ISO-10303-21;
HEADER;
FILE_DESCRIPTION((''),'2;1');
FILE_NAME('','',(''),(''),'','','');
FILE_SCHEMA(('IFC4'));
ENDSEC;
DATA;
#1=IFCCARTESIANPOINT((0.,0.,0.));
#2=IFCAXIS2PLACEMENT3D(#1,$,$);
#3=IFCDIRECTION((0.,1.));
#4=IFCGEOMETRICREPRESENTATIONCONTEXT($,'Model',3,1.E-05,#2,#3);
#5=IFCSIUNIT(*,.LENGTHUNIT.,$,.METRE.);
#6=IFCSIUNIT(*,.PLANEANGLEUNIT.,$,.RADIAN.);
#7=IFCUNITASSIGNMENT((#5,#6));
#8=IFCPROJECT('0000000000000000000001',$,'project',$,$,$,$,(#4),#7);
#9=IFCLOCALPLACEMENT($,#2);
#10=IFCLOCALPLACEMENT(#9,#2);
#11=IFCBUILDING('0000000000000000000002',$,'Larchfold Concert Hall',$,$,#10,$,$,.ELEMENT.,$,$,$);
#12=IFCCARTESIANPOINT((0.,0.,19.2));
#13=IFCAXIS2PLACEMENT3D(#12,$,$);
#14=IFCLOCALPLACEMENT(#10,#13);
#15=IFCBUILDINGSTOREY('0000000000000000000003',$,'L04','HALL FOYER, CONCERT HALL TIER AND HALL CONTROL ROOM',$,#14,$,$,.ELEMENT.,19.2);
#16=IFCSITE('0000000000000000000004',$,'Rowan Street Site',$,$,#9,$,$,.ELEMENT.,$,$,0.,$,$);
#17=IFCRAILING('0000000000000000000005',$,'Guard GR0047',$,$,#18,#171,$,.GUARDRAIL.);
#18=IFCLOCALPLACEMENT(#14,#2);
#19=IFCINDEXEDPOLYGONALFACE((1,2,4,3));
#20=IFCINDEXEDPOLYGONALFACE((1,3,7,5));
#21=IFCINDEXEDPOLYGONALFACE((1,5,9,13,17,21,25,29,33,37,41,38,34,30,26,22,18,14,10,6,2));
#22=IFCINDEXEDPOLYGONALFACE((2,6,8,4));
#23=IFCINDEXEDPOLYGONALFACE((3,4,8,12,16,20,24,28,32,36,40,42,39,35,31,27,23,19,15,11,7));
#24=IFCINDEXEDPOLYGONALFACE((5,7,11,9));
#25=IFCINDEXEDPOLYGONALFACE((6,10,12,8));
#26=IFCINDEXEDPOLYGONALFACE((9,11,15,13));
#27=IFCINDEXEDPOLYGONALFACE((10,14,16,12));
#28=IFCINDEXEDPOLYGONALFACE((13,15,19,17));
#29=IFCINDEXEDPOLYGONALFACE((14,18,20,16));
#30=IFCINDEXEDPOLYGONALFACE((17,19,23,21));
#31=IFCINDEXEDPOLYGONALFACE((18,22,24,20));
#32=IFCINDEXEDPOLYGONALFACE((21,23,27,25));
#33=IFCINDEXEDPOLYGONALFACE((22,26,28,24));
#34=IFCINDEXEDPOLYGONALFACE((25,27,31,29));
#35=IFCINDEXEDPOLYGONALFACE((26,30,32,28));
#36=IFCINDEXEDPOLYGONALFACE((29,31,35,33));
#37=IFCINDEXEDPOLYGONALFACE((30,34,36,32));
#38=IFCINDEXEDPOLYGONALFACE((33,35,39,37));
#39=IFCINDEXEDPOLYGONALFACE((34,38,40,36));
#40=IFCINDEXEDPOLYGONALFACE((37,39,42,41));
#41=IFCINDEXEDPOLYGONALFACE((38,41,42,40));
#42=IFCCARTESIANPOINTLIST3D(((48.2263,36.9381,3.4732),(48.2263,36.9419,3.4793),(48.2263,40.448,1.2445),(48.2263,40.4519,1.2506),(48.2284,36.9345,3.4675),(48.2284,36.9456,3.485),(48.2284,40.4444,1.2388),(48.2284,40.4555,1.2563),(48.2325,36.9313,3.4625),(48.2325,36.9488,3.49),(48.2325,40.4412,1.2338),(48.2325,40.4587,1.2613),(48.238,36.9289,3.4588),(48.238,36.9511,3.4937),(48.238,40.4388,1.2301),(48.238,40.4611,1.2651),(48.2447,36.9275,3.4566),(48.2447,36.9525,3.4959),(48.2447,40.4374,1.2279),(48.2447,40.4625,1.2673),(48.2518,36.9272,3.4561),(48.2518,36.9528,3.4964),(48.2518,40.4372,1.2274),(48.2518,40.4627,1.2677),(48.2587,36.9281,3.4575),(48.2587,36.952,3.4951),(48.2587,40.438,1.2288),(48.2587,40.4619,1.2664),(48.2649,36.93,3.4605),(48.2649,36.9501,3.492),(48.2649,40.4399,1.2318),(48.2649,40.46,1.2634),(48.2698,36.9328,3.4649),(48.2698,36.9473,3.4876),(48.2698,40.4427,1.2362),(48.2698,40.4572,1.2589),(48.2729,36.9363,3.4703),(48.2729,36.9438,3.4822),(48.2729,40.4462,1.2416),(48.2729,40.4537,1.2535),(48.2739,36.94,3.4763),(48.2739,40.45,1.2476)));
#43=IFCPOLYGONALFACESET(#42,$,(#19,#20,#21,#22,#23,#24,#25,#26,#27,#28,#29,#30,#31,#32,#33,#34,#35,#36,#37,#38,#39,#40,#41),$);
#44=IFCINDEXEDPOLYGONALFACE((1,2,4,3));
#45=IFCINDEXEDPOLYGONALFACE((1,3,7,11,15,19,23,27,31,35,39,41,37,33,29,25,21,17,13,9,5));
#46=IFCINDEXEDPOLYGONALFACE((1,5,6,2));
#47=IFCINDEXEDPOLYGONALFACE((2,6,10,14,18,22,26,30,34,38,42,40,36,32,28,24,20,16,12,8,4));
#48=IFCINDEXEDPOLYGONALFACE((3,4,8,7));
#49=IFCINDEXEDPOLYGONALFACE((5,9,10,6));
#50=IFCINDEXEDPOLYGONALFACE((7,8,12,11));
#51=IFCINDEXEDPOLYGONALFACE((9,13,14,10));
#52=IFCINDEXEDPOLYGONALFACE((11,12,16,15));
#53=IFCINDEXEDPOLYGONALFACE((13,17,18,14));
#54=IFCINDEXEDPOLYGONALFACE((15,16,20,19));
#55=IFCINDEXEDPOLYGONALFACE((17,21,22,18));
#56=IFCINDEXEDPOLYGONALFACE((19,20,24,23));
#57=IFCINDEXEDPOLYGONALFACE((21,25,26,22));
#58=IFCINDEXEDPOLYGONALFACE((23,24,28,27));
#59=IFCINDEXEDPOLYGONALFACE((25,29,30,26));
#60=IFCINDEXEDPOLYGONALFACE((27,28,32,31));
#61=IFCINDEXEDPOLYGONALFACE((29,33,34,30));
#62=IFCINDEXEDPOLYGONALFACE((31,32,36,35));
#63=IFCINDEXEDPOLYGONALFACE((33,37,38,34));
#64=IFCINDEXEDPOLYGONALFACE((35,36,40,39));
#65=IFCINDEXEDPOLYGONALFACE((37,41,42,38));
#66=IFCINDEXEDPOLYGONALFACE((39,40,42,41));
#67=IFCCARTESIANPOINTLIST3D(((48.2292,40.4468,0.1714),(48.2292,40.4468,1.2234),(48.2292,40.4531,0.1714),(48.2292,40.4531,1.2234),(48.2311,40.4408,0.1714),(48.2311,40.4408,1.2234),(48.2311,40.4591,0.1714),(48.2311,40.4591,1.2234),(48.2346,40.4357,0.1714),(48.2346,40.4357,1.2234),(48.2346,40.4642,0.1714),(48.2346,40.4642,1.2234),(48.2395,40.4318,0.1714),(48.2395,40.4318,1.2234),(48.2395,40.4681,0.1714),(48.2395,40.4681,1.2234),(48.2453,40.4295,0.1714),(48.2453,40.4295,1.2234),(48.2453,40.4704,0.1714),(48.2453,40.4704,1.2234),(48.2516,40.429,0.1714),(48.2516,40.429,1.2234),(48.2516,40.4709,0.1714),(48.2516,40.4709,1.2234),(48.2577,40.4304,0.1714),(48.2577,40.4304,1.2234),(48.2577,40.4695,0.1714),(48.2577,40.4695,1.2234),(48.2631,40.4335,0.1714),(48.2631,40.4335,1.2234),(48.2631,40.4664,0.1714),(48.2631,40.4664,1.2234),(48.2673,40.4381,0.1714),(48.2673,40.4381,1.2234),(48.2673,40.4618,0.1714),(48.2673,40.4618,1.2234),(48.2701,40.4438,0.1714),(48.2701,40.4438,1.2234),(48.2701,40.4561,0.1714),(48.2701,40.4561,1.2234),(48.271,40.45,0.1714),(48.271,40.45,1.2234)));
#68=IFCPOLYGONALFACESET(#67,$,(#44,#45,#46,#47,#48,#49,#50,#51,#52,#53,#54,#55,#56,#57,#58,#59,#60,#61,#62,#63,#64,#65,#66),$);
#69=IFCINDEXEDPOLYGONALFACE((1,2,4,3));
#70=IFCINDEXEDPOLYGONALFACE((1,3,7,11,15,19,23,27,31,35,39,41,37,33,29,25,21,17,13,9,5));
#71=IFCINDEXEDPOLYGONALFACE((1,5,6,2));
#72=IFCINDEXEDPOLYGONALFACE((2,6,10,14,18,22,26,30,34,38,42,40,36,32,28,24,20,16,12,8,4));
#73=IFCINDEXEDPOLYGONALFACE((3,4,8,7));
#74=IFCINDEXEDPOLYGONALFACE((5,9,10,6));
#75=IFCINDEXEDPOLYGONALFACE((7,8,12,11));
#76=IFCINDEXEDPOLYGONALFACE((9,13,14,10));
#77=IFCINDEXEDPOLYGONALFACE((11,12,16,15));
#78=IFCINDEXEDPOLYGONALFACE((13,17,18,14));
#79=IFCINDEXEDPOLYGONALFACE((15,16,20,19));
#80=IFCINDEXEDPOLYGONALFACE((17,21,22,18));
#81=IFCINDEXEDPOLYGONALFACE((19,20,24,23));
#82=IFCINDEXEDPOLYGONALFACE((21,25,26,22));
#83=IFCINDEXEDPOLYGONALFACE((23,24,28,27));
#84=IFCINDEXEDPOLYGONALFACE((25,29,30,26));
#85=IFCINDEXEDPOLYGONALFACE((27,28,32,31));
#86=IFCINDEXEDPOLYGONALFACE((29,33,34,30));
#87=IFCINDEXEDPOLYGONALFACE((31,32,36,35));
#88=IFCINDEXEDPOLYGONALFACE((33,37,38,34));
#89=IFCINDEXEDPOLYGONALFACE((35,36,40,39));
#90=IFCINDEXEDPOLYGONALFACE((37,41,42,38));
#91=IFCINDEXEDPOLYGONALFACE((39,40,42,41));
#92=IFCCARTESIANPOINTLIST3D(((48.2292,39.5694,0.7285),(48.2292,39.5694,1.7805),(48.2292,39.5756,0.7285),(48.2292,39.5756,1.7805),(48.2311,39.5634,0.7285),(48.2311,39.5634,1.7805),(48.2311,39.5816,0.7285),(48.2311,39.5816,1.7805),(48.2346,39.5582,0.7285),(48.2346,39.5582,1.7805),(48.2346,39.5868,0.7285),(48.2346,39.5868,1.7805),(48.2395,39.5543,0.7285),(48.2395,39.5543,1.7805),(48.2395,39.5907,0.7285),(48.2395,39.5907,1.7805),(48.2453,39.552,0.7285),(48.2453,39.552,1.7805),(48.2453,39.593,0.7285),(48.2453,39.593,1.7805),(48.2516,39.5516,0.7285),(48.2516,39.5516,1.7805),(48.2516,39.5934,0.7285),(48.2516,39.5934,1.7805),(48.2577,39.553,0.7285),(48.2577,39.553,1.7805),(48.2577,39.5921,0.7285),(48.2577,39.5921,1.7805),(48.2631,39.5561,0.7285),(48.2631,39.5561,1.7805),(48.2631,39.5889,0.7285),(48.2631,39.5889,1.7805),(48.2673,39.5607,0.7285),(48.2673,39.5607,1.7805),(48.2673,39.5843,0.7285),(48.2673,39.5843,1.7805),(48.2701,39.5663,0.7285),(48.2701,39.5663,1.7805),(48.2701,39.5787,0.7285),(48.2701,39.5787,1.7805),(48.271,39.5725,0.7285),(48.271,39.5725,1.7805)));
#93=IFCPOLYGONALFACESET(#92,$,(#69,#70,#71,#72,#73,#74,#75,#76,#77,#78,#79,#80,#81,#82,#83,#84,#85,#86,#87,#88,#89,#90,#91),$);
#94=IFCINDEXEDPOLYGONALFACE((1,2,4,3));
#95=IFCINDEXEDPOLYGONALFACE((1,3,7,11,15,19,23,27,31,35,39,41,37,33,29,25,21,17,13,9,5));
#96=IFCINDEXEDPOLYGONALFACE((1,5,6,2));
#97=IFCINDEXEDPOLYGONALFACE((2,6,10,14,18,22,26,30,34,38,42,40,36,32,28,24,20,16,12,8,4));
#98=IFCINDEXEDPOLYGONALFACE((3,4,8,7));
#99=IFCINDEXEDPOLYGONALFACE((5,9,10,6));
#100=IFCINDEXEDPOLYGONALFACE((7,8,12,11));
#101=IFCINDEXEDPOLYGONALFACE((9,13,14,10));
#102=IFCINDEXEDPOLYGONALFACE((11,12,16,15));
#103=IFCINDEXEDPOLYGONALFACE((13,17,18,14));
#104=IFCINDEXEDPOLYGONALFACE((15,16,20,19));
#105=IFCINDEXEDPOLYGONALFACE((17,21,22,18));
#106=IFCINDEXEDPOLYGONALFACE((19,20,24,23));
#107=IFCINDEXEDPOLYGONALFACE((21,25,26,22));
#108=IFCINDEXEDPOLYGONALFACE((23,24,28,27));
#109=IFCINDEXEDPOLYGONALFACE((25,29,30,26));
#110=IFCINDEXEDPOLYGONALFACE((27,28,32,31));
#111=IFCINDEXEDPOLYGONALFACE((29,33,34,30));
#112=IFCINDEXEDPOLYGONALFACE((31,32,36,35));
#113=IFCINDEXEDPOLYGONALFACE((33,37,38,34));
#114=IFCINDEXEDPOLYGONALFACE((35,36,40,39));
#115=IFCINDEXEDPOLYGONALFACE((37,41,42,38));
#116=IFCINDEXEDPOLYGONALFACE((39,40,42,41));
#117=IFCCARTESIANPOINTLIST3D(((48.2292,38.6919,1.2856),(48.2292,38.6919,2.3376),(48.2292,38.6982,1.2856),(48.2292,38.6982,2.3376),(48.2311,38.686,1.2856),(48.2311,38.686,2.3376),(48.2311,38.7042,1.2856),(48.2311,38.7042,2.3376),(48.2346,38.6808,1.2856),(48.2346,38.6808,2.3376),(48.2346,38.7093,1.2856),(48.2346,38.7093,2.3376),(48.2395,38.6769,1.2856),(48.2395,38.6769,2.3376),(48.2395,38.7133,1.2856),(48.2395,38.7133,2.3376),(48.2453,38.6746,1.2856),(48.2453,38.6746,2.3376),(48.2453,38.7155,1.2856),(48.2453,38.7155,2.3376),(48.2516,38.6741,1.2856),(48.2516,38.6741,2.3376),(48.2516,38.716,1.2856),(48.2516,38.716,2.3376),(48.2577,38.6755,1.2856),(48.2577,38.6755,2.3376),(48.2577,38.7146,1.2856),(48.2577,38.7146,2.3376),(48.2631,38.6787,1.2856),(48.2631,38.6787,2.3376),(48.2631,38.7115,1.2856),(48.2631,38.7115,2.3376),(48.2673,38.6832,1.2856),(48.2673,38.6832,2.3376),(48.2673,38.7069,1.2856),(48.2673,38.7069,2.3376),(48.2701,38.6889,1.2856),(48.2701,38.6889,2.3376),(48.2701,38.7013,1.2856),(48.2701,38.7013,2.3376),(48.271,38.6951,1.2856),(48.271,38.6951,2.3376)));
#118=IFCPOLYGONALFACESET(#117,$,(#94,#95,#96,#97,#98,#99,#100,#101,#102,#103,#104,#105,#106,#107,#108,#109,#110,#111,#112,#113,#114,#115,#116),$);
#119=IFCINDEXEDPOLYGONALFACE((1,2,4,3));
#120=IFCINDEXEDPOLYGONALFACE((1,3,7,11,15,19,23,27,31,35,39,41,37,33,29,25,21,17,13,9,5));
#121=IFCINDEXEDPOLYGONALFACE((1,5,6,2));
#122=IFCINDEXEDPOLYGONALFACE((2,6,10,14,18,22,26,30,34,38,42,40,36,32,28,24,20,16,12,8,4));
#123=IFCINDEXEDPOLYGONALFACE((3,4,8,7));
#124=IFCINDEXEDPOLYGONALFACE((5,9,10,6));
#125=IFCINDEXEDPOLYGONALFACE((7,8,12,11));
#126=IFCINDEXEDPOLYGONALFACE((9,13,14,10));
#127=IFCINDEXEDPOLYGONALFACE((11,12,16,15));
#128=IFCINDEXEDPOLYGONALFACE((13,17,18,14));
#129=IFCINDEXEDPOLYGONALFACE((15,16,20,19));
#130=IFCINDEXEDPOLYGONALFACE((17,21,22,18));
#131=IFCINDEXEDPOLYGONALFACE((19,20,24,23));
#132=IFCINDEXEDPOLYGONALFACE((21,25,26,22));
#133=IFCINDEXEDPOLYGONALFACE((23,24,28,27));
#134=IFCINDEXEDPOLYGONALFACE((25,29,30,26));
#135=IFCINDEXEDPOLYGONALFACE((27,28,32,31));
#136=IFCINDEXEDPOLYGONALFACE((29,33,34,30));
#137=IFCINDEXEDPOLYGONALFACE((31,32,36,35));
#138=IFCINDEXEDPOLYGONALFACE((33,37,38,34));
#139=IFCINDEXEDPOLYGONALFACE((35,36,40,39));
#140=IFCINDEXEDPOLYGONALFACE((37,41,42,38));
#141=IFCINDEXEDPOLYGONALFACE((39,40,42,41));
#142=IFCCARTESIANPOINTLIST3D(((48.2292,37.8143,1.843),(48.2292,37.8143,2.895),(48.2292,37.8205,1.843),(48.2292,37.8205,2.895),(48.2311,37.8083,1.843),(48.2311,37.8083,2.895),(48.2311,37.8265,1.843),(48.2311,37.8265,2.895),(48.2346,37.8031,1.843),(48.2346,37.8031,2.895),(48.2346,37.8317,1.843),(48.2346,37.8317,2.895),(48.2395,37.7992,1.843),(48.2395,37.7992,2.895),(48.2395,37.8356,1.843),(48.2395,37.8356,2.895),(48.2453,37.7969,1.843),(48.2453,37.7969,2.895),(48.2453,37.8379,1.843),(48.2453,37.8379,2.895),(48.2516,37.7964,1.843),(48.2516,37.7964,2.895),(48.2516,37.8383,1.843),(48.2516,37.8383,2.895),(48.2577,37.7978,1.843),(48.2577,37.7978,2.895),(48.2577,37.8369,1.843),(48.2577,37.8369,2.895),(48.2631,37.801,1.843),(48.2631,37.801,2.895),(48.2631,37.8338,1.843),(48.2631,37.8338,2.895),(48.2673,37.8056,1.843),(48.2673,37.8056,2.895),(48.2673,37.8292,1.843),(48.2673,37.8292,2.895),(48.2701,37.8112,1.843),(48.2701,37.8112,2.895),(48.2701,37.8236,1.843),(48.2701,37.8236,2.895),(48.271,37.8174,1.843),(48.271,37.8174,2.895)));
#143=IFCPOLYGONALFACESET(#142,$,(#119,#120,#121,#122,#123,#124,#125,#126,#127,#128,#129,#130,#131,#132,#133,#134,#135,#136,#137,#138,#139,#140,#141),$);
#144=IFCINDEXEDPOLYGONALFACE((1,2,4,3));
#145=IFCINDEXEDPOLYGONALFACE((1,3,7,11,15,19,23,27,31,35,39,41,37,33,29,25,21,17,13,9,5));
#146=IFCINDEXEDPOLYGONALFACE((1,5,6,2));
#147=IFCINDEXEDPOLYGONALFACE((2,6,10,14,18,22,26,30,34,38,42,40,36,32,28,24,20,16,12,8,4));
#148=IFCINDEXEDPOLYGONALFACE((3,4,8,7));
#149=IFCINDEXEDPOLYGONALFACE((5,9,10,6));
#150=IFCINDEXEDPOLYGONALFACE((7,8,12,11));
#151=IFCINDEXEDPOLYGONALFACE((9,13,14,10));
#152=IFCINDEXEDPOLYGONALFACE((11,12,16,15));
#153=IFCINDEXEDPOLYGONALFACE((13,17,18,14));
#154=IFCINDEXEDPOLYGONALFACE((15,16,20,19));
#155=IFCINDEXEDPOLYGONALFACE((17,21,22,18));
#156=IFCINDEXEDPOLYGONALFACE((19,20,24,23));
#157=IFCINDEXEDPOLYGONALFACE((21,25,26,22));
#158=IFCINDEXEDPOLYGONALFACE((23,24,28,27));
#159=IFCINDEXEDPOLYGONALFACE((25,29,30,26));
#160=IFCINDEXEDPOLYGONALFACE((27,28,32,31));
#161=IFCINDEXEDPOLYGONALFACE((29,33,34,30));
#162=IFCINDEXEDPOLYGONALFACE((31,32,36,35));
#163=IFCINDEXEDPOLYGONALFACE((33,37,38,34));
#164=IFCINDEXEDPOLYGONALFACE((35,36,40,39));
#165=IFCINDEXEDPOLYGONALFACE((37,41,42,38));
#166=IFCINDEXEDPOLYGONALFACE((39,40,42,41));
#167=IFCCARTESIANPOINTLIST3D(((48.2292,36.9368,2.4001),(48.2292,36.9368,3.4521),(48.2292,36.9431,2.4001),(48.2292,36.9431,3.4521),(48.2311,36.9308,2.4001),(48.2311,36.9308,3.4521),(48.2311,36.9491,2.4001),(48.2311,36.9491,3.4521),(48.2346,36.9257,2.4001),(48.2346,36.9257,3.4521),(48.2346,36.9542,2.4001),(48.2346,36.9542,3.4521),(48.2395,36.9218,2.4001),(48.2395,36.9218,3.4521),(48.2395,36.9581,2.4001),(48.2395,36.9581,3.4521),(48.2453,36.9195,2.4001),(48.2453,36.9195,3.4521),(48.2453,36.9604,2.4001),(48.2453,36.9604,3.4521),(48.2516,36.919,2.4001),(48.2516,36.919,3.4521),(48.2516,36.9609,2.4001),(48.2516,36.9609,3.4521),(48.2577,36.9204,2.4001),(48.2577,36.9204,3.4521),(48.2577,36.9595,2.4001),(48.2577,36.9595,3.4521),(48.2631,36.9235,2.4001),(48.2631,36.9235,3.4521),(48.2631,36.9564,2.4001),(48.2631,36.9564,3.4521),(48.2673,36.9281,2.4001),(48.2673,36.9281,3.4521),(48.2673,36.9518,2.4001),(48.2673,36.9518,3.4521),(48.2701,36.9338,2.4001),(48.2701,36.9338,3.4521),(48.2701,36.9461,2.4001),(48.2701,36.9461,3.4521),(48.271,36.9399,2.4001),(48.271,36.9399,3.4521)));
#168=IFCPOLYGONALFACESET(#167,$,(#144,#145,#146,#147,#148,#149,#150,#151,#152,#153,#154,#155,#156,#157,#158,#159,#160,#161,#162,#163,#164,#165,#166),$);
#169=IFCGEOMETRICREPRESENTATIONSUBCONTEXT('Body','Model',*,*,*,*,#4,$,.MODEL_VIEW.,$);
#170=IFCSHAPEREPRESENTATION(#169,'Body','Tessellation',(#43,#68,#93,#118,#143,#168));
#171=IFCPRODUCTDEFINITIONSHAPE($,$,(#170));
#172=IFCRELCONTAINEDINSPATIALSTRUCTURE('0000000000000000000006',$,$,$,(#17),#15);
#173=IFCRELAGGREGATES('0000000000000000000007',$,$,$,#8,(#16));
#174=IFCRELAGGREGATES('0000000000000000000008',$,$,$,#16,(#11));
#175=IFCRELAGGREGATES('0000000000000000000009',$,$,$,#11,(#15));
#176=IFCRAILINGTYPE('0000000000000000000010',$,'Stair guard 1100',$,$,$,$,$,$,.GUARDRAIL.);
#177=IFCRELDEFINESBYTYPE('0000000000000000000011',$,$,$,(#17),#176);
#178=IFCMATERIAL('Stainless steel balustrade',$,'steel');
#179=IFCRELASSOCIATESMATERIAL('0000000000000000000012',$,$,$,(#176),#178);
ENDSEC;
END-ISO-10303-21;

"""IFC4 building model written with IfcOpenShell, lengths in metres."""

from ifc_helpers import new_model, si_unit, direction, frame, origin, origin_2d, place, context, subcontext, project, spatial, circle, extrude, material, type_object, element, save


model = new_model("IFC4")

# Units and contexts
model_context = context("Model", 3, precision=1e-05, world=origin(), true_north=direction((0.0, 1.0)))
body_context = subcontext(model_context, "Body", "Model", "MODEL_VIEW")
ifc_project = project(units=[si_unit("LENGTHUNIT", "METRE"), si_unit("PLANEANGLEUNIT", "RADIAN")], contexts=[model_context])

# Site, building, storey
site_placement = place(None, origin())
site = spatial("IfcSite", under=ifc_project, at=site_placement, Name="Rowan Street Site", CompositionType="ELEMENT", RefElevation=0.0)
building_placement = place(site_placement, origin())
building = spatial("IfcBuilding", under=site, at=building_placement, Name="Larchfold Concert Hall", CompositionType="ELEMENT")
storey_placement = place(building_placement, frame((0.0, 0.0, 19.2)))
storey = spatial("IfcBuildingStorey", under=building, at=storey_placement, Name="L04", Description="HALL FOYER, CONCERT HALL TIER AND HALL CONTROL ROOM", CompositionType="ELEMENT", Elevation=19.2)

# Railing
ifc_material_1 = material(Name="Stainless steel balustrade", Category="steel")
railing_type_1 = type_object("IfcRailingType", Name="Stair guard 1100", PredefinedType="GUARDRAIL", material=ifc_material_1)
railing_1_placement = place(storey_placement, frame((48.25, 40.45, 0.1714)))
element("IfcRailing", 1, at=railing_1_placement, inside=storey, type_object=railing_type_1, Name="Guard GR0047", PredefinedType="GUARDRAIL", context=body_context, shape_type="SweptSolid", body=[
    extrude(circle(Radius=0.0239, at=origin_2d()), frame((0.0, 0.0, 1.0762), z_axis=(0.0, -0.844193, 0.536039), x_axis=(1.0, 0.0, 0.0)), (0.0, 0.0, 1.0), 4.1577),
    extrude(circle(Radius=0.021, at=origin_2d()), origin(), (0.0, 0.0, 1.0), 1.052),
    extrude(circle(Radius=0.021, at=origin_2d()), frame((0.0, -0.8774, 0.5571)), (0.0, 0.0, 1.0), 1.052),
    extrude(circle(Radius=0.021, at=origin_2d()), frame((0.0, -1.7549, 1.1143)), (0.0, 0.0, 1.0), 1.052),
    extrude(circle(Radius=0.021, at=origin_2d()), frame((0.0, -2.6326, 1.6716)), (0.0, 0.0, 1.0), 1.052),
    extrude(circle(Radius=0.021, at=origin_2d()), frame((0.0, -3.51, 2.2288)), (0.0, 0.0, 1.0), 1.052),
])

save(model, "model.ifc")
